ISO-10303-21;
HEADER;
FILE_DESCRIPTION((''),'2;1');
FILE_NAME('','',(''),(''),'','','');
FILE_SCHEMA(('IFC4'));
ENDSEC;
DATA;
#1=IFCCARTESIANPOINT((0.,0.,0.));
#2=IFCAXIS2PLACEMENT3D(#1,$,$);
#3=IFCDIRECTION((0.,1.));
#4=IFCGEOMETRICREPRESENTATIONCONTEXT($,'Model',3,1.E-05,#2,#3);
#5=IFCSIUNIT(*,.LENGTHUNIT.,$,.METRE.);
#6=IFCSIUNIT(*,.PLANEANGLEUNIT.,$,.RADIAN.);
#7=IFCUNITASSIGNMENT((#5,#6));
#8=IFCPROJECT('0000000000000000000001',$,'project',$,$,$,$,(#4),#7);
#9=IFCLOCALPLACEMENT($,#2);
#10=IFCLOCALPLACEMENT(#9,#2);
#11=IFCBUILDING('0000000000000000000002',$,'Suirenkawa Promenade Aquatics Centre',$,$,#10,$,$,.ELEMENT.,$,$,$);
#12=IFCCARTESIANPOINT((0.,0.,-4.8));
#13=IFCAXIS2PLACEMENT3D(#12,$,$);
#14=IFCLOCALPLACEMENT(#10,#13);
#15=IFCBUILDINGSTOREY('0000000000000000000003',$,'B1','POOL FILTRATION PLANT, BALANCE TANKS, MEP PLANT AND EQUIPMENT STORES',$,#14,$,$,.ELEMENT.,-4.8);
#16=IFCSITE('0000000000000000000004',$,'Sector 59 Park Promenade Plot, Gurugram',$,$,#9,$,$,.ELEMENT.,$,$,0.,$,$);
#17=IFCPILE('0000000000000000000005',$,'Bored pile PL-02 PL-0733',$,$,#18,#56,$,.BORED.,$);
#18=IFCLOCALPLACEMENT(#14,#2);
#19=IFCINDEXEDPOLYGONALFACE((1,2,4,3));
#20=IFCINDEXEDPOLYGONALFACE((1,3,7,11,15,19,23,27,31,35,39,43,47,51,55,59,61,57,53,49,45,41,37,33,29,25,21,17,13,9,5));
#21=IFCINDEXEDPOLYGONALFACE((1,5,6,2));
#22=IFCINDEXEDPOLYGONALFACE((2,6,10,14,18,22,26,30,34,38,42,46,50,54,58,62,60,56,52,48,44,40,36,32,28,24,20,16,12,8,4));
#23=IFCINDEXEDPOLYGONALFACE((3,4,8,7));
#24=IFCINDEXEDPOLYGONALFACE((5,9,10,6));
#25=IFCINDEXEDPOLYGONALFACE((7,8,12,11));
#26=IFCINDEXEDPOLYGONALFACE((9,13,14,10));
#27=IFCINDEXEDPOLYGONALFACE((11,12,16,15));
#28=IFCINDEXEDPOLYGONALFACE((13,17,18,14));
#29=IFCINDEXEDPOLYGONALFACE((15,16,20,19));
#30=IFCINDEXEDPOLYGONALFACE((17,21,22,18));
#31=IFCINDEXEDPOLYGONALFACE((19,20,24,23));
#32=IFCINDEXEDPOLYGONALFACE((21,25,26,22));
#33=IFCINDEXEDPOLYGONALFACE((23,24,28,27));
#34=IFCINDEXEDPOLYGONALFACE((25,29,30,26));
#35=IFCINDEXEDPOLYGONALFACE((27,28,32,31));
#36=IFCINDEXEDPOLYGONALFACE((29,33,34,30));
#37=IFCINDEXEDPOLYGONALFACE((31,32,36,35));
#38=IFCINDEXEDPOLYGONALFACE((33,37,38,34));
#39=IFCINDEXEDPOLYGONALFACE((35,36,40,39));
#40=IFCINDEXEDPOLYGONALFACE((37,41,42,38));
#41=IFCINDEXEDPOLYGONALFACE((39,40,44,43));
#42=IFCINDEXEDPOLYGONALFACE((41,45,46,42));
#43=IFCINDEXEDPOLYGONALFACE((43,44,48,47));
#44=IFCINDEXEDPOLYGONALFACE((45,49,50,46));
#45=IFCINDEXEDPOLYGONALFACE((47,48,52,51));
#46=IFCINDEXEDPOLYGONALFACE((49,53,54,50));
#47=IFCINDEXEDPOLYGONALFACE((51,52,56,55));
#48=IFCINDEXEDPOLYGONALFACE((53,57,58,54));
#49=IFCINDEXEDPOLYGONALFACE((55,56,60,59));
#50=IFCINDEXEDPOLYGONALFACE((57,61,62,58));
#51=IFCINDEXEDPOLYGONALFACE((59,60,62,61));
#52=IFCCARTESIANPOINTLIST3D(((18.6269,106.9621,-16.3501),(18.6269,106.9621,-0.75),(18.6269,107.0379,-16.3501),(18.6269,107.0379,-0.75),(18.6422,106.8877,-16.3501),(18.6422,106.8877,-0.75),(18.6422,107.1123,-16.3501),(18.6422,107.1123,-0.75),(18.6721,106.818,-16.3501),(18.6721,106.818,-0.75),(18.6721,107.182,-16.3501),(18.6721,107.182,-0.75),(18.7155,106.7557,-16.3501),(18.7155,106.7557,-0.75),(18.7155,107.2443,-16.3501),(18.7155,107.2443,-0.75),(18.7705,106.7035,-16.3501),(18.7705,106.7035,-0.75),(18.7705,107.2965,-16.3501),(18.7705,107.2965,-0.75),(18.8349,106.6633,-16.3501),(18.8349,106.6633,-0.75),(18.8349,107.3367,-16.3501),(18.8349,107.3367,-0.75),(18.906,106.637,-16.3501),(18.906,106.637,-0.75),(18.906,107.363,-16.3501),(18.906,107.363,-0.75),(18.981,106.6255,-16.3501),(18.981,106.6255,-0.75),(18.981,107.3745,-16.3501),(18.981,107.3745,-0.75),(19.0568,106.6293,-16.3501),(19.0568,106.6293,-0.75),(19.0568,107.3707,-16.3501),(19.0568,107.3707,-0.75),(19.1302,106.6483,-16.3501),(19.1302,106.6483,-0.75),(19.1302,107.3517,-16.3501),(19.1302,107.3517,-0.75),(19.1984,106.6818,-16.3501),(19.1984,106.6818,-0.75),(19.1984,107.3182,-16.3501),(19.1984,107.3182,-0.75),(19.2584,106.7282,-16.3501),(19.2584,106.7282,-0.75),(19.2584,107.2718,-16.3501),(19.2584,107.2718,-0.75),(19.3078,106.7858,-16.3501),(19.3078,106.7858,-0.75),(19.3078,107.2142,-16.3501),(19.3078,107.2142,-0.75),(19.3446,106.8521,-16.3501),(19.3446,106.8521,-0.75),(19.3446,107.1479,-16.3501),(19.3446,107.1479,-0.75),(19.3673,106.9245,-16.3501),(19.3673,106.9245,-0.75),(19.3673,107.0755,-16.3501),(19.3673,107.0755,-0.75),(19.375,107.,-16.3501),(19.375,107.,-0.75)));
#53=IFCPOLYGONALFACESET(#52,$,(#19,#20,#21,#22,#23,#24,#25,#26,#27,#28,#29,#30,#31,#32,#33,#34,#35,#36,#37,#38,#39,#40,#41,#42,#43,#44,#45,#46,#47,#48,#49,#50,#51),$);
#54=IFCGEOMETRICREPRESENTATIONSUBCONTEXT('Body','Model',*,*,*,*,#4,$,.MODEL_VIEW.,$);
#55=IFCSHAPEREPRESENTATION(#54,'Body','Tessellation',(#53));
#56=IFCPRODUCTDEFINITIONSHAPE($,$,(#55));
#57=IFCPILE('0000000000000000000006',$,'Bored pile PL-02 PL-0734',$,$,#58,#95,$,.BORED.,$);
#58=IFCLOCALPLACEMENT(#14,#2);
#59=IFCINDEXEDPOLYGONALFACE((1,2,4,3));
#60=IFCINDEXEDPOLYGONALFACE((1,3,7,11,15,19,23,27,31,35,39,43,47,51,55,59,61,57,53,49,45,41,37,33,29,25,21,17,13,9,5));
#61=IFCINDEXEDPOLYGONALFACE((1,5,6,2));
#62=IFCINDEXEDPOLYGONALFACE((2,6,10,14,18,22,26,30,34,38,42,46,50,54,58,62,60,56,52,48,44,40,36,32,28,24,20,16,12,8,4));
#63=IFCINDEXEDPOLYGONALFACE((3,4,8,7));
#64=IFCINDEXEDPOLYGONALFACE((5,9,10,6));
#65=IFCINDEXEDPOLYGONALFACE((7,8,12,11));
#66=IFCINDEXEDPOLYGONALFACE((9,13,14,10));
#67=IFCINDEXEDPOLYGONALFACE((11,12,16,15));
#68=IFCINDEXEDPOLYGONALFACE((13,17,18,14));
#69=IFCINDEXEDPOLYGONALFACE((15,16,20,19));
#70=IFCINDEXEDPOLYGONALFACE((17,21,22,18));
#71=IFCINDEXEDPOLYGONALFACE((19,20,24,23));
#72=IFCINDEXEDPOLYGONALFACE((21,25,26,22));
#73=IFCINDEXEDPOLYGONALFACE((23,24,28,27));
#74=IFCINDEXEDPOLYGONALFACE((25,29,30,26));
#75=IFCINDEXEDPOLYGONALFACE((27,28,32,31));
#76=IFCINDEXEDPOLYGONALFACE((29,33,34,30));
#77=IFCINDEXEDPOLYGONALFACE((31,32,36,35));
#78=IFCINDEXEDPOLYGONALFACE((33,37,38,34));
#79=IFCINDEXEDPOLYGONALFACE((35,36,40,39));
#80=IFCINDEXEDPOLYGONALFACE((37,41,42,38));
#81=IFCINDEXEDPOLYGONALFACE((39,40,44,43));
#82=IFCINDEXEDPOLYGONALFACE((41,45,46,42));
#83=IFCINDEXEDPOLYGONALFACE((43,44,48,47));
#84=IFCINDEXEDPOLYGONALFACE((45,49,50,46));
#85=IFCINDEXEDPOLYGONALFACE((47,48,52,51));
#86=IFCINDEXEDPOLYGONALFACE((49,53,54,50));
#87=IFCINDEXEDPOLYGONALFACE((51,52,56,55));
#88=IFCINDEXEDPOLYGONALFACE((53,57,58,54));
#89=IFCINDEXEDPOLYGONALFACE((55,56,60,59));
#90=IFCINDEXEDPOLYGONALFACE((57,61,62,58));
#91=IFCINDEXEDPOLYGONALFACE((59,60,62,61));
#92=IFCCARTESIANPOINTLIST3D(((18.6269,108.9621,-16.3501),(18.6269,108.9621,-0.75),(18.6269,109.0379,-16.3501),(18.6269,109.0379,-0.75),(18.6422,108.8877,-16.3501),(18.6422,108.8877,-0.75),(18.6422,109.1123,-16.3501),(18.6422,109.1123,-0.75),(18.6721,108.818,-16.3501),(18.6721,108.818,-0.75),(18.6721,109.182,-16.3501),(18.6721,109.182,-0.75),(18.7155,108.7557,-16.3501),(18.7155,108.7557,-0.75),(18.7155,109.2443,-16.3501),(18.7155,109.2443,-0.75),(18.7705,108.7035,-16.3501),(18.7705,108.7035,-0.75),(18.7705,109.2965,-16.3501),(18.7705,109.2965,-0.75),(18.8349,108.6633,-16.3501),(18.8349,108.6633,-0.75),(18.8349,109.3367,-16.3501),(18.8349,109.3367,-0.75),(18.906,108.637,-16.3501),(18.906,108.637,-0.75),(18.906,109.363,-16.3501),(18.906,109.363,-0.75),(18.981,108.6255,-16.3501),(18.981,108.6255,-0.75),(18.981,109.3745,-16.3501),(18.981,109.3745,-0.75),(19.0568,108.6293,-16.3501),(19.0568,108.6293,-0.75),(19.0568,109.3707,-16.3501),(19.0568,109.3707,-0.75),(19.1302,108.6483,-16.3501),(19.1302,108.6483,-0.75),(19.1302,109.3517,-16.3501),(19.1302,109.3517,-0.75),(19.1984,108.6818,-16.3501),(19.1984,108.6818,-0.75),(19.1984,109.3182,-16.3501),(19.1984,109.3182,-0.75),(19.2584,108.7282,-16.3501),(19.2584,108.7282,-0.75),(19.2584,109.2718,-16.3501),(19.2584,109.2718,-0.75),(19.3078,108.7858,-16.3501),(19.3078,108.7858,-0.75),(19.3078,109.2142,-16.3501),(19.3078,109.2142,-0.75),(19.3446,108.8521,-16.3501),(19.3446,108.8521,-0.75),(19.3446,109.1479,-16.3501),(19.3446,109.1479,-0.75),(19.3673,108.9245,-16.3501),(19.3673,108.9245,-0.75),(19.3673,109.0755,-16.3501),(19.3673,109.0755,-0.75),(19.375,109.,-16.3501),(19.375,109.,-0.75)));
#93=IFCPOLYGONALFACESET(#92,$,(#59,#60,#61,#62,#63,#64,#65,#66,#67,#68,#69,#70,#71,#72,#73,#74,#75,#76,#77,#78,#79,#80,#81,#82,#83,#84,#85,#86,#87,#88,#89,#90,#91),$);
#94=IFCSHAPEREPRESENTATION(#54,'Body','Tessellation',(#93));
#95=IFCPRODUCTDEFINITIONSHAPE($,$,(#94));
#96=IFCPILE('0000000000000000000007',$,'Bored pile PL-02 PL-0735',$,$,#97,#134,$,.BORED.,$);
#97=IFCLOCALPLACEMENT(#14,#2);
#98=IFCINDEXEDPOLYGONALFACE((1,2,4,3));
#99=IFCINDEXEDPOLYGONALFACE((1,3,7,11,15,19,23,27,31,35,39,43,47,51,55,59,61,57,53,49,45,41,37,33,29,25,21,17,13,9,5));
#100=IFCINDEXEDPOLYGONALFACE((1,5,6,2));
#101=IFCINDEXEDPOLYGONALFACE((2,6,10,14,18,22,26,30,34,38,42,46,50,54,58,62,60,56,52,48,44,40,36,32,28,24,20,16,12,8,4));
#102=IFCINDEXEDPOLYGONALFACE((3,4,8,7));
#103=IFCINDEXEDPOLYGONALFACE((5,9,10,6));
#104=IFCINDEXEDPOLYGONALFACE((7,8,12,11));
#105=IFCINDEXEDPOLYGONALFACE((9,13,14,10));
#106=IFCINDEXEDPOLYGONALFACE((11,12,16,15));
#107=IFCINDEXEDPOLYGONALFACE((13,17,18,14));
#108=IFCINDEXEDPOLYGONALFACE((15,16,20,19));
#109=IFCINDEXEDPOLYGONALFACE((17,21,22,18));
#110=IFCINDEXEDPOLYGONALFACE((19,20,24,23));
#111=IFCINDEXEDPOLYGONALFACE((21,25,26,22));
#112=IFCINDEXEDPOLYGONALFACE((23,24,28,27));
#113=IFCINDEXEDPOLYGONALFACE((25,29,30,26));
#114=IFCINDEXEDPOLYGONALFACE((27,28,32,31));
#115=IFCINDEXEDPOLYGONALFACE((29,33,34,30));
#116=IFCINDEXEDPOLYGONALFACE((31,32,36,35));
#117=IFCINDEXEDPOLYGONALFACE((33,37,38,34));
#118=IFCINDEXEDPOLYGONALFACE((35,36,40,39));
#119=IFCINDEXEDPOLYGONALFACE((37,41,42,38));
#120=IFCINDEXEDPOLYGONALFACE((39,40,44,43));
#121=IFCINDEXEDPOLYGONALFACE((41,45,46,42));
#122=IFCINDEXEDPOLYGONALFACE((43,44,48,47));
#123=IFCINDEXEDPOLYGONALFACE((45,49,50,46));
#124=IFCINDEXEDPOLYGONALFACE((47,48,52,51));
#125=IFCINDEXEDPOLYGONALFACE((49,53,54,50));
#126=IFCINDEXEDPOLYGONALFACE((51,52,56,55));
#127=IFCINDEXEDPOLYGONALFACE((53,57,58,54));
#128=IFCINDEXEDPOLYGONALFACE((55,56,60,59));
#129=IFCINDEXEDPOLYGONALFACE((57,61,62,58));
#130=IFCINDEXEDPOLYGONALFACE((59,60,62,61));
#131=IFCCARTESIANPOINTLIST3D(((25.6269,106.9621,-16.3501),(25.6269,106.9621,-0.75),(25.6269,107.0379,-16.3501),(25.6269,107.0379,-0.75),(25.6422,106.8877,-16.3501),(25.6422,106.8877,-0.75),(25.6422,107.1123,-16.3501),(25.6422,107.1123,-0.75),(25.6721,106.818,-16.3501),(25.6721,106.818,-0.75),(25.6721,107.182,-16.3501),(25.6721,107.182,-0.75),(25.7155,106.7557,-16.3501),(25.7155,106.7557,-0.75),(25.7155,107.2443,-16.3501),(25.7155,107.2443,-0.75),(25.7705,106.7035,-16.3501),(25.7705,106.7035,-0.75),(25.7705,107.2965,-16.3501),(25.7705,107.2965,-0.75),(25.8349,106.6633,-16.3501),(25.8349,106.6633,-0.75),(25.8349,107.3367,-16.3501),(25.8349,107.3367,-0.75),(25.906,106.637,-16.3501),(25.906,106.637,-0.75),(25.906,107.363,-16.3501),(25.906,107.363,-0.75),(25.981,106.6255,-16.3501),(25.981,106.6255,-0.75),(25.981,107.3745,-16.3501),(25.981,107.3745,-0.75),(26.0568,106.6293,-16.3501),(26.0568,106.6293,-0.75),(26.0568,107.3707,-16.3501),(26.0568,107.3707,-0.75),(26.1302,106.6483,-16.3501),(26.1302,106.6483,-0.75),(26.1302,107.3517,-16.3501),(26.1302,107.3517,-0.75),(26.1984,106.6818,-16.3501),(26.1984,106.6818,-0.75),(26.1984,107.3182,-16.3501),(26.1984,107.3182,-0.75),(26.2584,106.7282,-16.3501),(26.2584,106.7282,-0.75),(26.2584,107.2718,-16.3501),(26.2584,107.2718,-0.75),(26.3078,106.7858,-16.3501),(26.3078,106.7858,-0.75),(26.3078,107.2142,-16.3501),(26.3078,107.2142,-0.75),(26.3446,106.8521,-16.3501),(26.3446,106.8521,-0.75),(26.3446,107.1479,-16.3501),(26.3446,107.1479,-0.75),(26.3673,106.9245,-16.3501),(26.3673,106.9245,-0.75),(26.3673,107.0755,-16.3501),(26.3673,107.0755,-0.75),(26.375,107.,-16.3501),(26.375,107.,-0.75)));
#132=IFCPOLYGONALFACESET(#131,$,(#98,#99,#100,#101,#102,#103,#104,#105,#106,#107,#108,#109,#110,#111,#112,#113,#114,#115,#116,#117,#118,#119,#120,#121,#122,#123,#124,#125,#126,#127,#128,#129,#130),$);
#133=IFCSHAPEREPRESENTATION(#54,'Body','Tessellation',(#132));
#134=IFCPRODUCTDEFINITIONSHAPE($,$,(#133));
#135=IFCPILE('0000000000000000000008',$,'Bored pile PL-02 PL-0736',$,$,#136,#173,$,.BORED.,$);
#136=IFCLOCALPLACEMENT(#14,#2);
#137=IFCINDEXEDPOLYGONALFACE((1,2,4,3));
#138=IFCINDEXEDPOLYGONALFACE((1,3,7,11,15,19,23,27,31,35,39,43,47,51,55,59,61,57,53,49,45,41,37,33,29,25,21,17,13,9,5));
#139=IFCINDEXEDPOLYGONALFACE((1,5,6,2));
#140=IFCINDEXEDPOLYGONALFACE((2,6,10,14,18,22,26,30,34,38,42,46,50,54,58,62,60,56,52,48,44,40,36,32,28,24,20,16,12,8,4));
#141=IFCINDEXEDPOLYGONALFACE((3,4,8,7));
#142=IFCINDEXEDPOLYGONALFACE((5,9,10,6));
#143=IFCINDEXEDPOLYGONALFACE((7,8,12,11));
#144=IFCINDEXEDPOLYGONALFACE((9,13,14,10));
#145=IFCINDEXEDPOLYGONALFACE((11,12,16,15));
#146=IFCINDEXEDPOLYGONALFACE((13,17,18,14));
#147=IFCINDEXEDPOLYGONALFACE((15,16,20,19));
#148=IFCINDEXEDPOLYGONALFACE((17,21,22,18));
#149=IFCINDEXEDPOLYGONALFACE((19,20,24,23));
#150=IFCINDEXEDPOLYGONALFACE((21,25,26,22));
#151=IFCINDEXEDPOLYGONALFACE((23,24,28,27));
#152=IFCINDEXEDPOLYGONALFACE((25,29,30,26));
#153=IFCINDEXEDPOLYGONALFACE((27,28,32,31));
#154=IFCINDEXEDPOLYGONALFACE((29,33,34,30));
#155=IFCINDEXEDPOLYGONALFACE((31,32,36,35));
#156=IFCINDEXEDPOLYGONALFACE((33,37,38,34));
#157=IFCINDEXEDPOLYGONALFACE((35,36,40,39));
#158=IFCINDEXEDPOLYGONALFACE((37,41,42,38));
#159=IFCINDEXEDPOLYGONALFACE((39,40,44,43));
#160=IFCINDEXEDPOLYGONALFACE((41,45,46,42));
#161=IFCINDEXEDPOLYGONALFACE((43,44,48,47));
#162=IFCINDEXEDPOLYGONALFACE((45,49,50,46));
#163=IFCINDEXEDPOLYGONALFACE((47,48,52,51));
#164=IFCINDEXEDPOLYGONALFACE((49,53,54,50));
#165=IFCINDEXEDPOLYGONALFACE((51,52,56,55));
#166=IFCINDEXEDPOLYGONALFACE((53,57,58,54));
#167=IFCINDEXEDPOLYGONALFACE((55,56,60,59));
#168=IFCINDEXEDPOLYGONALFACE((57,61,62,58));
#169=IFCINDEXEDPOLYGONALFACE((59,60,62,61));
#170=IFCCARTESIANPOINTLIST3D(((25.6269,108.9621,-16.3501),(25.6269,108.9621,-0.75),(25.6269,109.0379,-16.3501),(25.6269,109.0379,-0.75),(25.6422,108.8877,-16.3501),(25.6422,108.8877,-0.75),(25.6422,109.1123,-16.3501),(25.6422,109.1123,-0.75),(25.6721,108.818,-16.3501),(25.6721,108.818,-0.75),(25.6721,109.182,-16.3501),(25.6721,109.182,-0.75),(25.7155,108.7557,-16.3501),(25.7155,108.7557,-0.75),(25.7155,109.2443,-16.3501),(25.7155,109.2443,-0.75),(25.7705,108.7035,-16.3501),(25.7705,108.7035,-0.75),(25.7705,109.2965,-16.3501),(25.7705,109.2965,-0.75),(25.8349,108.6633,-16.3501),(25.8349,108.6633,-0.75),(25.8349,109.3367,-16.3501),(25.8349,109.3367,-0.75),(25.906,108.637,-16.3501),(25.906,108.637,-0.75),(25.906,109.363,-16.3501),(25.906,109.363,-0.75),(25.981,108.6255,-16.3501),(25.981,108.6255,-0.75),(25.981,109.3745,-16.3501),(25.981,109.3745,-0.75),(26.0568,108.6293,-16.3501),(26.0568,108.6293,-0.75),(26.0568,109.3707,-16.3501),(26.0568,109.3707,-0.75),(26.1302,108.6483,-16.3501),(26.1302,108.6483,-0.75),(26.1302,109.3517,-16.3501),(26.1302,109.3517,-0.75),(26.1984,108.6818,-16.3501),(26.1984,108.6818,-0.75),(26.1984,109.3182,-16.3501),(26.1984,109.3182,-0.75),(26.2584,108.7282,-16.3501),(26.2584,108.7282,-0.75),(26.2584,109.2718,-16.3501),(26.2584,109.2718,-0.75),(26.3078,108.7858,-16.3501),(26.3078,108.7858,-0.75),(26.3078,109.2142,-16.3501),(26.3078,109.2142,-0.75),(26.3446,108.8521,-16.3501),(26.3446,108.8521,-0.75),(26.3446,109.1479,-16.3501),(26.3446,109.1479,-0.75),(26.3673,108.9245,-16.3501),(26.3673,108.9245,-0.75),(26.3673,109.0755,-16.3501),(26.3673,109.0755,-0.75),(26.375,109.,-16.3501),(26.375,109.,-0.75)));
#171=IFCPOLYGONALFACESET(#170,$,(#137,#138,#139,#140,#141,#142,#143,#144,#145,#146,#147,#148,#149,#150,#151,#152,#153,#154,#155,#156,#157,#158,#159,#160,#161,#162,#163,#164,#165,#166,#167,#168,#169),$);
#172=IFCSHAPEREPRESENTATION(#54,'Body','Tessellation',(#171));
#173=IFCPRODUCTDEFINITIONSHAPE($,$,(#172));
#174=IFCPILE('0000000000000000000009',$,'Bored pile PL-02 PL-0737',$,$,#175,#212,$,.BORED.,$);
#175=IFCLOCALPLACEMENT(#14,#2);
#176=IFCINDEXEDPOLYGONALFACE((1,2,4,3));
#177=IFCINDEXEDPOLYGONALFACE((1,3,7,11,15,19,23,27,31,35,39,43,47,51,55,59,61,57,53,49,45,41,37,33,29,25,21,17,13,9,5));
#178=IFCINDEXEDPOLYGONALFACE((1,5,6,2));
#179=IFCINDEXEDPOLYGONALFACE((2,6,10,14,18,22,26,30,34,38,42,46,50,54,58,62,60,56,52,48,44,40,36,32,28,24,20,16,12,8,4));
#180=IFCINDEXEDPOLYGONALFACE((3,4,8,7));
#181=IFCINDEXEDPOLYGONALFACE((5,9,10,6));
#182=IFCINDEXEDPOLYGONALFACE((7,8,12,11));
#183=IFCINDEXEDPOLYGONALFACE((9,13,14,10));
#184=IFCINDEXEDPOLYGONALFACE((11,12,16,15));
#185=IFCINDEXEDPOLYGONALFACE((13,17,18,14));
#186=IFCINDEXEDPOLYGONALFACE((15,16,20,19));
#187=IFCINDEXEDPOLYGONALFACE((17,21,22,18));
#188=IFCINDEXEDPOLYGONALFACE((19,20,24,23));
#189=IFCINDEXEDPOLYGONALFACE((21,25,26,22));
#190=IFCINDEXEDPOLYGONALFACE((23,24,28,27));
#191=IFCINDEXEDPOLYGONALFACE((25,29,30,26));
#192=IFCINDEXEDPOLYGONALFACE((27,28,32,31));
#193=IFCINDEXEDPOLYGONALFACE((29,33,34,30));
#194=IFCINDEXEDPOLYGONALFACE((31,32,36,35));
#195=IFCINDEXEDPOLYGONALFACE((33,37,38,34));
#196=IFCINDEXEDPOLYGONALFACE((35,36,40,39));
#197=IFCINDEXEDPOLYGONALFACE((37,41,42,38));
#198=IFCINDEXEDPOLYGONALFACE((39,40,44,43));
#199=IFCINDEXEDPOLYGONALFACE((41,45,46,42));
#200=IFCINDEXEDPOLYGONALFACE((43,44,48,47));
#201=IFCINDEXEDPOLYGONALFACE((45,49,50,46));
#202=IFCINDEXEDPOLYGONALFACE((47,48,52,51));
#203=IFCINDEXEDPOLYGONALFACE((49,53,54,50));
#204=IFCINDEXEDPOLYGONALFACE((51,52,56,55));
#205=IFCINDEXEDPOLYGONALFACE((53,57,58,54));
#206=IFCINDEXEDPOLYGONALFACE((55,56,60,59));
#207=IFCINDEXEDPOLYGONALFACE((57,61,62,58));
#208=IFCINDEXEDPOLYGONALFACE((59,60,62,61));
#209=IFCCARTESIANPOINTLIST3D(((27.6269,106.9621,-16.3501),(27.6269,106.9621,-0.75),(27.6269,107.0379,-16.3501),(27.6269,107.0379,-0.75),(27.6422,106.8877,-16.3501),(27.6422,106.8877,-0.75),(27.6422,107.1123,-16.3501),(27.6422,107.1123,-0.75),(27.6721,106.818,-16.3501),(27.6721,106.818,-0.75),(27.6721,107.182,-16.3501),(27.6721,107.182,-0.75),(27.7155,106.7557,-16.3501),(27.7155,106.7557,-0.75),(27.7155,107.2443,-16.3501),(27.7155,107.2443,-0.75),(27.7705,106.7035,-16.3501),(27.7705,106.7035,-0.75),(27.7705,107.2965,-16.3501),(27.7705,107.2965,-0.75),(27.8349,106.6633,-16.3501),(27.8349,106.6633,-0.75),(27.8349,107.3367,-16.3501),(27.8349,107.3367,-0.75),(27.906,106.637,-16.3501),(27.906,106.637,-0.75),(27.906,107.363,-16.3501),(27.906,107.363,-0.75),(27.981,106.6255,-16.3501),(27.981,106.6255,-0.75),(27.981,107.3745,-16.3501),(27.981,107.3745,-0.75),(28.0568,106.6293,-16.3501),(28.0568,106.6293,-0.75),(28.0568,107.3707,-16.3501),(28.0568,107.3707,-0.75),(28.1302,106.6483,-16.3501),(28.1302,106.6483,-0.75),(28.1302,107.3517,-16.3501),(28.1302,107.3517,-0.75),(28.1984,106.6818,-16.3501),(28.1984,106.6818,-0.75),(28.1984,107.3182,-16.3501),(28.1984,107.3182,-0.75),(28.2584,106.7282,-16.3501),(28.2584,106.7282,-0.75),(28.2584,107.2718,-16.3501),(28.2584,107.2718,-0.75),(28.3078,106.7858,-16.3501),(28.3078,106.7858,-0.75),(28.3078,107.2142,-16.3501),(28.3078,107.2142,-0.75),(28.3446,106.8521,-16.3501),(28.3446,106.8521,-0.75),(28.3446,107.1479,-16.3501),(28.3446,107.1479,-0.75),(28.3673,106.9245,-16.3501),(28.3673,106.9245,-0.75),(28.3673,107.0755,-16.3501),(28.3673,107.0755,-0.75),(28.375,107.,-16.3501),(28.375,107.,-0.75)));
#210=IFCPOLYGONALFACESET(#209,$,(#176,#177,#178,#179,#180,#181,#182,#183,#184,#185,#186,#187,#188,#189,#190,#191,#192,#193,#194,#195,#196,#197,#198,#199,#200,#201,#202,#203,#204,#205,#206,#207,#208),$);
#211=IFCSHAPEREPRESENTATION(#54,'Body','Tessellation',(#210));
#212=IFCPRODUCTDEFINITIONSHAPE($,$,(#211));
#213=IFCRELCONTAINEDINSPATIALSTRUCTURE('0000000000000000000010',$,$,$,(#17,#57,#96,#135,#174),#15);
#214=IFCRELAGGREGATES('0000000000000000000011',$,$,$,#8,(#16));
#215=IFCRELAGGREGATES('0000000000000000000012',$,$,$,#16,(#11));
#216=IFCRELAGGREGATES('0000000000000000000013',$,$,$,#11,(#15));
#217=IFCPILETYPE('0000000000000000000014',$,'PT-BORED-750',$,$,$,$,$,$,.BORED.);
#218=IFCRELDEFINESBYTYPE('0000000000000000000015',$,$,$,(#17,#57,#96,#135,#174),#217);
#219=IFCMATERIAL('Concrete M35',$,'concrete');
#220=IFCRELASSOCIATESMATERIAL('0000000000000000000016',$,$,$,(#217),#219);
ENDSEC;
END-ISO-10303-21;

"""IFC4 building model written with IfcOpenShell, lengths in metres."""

from ifc_helpers import new_model, si_unit, direction, frame, origin, origin_2d, place, context, subcontext, project, spatial, circle, extrude, material, material_profile, profile_set, type_object, element, save


model = new_model("IFC4")

# Units and contexts
model_context = context("Model", 3, precision=1e-05, world=origin(), true_north=direction((0.0, 1.0)))
body_context = subcontext(model_context, "Body", "Model", "MODEL_VIEW")
ifc_project = project(units=[si_unit("LENGTHUNIT", "METRE"), si_unit("PLANEANGLEUNIT", "RADIAN")], contexts=[model_context])

# Site, building, storey
site_placement = place(None, origin())
site = spatial("IfcSite", under=ifc_project, at=site_placement, Name="Sector 59 Park Promenade Plot, Gurugram", CompositionType="ELEMENT", RefElevation=0.0)
building_placement = place(site_placement, origin())
building = spatial("IfcBuilding", under=site, at=building_placement, Name="Suirenkawa Promenade Aquatics Centre", CompositionType="ELEMENT")
storey_placement = place(building_placement, frame((0.0, 0.0, -4.8)))
storey = spatial("IfcBuildingStorey", under=building, at=storey_placement, Name="B1", Description="POOL FILTRATION PLANT, BALANCE TANKS, MEP PLANT AND EQUIPMENT STORES", CompositionType="ELEMENT", Elevation=-4.8)

# Shared definitions
ifc_material_1 = material(Name="Concrete M35", Category="concrete")

# Piles
ifc_material_profile_1 = material_profile(ifc_material_1, circle(Radius=0.375, at=origin_2d()), Name="PILE D750", Category="concrete")
ifc_profile_set_1 = profile_set([ifc_material_profile_1], Name="Concrete M35")
pile_type = type_object("IfcPileType", Name="PT-BORED-750", PredefinedType="BORED", material=ifc_profile_set_1)
for number, where, z_axis, x_axis, name in (
    (1, (19.0, 107.0, -0.75), (0.0, 0.0, -1.0), (1.0, 0.0, 0.0), "Bored pile PL-02 PL-0733"),
    (2, (19.0, 109.0, -0.75), (0.0, 0.0, -1.0), (1.0, 0.0, 0.0), "Bored pile PL-02 PL-0734"),
    (3, (26.0, 107.0, -0.75), (0.0, 0.0, -1.0), (1.0, 0.0, 0.0), "Bored pile PL-02 PL-0735"),
    (4, (26.0, 109.0, -0.75), (0.0, 0.0, -1.0), (1.0, 0.0, 0.0), "Bored pile PL-02 PL-0736"),
    (5, (28.0, 107.0, -0.75), (0.0, 0.0, -1.0), (1.0, 0.0, 0.0), "Bored pile PL-02 PL-0737"),
):
    element("IfcPile", number, at=place(storey_placement, frame(where, z_axis=z_axis, x_axis=x_axis)), inside=storey, type_object=pile_type, Name=name, PredefinedType="BORED", context=body_context, shape_type="SweptSolid", body=[
        extrude(circle(Radius=0.375, at=origin_2d()), origin(), (0.0, 0.0, 1.0), 15.6001),
    ])

save(model, "model.ifc")
